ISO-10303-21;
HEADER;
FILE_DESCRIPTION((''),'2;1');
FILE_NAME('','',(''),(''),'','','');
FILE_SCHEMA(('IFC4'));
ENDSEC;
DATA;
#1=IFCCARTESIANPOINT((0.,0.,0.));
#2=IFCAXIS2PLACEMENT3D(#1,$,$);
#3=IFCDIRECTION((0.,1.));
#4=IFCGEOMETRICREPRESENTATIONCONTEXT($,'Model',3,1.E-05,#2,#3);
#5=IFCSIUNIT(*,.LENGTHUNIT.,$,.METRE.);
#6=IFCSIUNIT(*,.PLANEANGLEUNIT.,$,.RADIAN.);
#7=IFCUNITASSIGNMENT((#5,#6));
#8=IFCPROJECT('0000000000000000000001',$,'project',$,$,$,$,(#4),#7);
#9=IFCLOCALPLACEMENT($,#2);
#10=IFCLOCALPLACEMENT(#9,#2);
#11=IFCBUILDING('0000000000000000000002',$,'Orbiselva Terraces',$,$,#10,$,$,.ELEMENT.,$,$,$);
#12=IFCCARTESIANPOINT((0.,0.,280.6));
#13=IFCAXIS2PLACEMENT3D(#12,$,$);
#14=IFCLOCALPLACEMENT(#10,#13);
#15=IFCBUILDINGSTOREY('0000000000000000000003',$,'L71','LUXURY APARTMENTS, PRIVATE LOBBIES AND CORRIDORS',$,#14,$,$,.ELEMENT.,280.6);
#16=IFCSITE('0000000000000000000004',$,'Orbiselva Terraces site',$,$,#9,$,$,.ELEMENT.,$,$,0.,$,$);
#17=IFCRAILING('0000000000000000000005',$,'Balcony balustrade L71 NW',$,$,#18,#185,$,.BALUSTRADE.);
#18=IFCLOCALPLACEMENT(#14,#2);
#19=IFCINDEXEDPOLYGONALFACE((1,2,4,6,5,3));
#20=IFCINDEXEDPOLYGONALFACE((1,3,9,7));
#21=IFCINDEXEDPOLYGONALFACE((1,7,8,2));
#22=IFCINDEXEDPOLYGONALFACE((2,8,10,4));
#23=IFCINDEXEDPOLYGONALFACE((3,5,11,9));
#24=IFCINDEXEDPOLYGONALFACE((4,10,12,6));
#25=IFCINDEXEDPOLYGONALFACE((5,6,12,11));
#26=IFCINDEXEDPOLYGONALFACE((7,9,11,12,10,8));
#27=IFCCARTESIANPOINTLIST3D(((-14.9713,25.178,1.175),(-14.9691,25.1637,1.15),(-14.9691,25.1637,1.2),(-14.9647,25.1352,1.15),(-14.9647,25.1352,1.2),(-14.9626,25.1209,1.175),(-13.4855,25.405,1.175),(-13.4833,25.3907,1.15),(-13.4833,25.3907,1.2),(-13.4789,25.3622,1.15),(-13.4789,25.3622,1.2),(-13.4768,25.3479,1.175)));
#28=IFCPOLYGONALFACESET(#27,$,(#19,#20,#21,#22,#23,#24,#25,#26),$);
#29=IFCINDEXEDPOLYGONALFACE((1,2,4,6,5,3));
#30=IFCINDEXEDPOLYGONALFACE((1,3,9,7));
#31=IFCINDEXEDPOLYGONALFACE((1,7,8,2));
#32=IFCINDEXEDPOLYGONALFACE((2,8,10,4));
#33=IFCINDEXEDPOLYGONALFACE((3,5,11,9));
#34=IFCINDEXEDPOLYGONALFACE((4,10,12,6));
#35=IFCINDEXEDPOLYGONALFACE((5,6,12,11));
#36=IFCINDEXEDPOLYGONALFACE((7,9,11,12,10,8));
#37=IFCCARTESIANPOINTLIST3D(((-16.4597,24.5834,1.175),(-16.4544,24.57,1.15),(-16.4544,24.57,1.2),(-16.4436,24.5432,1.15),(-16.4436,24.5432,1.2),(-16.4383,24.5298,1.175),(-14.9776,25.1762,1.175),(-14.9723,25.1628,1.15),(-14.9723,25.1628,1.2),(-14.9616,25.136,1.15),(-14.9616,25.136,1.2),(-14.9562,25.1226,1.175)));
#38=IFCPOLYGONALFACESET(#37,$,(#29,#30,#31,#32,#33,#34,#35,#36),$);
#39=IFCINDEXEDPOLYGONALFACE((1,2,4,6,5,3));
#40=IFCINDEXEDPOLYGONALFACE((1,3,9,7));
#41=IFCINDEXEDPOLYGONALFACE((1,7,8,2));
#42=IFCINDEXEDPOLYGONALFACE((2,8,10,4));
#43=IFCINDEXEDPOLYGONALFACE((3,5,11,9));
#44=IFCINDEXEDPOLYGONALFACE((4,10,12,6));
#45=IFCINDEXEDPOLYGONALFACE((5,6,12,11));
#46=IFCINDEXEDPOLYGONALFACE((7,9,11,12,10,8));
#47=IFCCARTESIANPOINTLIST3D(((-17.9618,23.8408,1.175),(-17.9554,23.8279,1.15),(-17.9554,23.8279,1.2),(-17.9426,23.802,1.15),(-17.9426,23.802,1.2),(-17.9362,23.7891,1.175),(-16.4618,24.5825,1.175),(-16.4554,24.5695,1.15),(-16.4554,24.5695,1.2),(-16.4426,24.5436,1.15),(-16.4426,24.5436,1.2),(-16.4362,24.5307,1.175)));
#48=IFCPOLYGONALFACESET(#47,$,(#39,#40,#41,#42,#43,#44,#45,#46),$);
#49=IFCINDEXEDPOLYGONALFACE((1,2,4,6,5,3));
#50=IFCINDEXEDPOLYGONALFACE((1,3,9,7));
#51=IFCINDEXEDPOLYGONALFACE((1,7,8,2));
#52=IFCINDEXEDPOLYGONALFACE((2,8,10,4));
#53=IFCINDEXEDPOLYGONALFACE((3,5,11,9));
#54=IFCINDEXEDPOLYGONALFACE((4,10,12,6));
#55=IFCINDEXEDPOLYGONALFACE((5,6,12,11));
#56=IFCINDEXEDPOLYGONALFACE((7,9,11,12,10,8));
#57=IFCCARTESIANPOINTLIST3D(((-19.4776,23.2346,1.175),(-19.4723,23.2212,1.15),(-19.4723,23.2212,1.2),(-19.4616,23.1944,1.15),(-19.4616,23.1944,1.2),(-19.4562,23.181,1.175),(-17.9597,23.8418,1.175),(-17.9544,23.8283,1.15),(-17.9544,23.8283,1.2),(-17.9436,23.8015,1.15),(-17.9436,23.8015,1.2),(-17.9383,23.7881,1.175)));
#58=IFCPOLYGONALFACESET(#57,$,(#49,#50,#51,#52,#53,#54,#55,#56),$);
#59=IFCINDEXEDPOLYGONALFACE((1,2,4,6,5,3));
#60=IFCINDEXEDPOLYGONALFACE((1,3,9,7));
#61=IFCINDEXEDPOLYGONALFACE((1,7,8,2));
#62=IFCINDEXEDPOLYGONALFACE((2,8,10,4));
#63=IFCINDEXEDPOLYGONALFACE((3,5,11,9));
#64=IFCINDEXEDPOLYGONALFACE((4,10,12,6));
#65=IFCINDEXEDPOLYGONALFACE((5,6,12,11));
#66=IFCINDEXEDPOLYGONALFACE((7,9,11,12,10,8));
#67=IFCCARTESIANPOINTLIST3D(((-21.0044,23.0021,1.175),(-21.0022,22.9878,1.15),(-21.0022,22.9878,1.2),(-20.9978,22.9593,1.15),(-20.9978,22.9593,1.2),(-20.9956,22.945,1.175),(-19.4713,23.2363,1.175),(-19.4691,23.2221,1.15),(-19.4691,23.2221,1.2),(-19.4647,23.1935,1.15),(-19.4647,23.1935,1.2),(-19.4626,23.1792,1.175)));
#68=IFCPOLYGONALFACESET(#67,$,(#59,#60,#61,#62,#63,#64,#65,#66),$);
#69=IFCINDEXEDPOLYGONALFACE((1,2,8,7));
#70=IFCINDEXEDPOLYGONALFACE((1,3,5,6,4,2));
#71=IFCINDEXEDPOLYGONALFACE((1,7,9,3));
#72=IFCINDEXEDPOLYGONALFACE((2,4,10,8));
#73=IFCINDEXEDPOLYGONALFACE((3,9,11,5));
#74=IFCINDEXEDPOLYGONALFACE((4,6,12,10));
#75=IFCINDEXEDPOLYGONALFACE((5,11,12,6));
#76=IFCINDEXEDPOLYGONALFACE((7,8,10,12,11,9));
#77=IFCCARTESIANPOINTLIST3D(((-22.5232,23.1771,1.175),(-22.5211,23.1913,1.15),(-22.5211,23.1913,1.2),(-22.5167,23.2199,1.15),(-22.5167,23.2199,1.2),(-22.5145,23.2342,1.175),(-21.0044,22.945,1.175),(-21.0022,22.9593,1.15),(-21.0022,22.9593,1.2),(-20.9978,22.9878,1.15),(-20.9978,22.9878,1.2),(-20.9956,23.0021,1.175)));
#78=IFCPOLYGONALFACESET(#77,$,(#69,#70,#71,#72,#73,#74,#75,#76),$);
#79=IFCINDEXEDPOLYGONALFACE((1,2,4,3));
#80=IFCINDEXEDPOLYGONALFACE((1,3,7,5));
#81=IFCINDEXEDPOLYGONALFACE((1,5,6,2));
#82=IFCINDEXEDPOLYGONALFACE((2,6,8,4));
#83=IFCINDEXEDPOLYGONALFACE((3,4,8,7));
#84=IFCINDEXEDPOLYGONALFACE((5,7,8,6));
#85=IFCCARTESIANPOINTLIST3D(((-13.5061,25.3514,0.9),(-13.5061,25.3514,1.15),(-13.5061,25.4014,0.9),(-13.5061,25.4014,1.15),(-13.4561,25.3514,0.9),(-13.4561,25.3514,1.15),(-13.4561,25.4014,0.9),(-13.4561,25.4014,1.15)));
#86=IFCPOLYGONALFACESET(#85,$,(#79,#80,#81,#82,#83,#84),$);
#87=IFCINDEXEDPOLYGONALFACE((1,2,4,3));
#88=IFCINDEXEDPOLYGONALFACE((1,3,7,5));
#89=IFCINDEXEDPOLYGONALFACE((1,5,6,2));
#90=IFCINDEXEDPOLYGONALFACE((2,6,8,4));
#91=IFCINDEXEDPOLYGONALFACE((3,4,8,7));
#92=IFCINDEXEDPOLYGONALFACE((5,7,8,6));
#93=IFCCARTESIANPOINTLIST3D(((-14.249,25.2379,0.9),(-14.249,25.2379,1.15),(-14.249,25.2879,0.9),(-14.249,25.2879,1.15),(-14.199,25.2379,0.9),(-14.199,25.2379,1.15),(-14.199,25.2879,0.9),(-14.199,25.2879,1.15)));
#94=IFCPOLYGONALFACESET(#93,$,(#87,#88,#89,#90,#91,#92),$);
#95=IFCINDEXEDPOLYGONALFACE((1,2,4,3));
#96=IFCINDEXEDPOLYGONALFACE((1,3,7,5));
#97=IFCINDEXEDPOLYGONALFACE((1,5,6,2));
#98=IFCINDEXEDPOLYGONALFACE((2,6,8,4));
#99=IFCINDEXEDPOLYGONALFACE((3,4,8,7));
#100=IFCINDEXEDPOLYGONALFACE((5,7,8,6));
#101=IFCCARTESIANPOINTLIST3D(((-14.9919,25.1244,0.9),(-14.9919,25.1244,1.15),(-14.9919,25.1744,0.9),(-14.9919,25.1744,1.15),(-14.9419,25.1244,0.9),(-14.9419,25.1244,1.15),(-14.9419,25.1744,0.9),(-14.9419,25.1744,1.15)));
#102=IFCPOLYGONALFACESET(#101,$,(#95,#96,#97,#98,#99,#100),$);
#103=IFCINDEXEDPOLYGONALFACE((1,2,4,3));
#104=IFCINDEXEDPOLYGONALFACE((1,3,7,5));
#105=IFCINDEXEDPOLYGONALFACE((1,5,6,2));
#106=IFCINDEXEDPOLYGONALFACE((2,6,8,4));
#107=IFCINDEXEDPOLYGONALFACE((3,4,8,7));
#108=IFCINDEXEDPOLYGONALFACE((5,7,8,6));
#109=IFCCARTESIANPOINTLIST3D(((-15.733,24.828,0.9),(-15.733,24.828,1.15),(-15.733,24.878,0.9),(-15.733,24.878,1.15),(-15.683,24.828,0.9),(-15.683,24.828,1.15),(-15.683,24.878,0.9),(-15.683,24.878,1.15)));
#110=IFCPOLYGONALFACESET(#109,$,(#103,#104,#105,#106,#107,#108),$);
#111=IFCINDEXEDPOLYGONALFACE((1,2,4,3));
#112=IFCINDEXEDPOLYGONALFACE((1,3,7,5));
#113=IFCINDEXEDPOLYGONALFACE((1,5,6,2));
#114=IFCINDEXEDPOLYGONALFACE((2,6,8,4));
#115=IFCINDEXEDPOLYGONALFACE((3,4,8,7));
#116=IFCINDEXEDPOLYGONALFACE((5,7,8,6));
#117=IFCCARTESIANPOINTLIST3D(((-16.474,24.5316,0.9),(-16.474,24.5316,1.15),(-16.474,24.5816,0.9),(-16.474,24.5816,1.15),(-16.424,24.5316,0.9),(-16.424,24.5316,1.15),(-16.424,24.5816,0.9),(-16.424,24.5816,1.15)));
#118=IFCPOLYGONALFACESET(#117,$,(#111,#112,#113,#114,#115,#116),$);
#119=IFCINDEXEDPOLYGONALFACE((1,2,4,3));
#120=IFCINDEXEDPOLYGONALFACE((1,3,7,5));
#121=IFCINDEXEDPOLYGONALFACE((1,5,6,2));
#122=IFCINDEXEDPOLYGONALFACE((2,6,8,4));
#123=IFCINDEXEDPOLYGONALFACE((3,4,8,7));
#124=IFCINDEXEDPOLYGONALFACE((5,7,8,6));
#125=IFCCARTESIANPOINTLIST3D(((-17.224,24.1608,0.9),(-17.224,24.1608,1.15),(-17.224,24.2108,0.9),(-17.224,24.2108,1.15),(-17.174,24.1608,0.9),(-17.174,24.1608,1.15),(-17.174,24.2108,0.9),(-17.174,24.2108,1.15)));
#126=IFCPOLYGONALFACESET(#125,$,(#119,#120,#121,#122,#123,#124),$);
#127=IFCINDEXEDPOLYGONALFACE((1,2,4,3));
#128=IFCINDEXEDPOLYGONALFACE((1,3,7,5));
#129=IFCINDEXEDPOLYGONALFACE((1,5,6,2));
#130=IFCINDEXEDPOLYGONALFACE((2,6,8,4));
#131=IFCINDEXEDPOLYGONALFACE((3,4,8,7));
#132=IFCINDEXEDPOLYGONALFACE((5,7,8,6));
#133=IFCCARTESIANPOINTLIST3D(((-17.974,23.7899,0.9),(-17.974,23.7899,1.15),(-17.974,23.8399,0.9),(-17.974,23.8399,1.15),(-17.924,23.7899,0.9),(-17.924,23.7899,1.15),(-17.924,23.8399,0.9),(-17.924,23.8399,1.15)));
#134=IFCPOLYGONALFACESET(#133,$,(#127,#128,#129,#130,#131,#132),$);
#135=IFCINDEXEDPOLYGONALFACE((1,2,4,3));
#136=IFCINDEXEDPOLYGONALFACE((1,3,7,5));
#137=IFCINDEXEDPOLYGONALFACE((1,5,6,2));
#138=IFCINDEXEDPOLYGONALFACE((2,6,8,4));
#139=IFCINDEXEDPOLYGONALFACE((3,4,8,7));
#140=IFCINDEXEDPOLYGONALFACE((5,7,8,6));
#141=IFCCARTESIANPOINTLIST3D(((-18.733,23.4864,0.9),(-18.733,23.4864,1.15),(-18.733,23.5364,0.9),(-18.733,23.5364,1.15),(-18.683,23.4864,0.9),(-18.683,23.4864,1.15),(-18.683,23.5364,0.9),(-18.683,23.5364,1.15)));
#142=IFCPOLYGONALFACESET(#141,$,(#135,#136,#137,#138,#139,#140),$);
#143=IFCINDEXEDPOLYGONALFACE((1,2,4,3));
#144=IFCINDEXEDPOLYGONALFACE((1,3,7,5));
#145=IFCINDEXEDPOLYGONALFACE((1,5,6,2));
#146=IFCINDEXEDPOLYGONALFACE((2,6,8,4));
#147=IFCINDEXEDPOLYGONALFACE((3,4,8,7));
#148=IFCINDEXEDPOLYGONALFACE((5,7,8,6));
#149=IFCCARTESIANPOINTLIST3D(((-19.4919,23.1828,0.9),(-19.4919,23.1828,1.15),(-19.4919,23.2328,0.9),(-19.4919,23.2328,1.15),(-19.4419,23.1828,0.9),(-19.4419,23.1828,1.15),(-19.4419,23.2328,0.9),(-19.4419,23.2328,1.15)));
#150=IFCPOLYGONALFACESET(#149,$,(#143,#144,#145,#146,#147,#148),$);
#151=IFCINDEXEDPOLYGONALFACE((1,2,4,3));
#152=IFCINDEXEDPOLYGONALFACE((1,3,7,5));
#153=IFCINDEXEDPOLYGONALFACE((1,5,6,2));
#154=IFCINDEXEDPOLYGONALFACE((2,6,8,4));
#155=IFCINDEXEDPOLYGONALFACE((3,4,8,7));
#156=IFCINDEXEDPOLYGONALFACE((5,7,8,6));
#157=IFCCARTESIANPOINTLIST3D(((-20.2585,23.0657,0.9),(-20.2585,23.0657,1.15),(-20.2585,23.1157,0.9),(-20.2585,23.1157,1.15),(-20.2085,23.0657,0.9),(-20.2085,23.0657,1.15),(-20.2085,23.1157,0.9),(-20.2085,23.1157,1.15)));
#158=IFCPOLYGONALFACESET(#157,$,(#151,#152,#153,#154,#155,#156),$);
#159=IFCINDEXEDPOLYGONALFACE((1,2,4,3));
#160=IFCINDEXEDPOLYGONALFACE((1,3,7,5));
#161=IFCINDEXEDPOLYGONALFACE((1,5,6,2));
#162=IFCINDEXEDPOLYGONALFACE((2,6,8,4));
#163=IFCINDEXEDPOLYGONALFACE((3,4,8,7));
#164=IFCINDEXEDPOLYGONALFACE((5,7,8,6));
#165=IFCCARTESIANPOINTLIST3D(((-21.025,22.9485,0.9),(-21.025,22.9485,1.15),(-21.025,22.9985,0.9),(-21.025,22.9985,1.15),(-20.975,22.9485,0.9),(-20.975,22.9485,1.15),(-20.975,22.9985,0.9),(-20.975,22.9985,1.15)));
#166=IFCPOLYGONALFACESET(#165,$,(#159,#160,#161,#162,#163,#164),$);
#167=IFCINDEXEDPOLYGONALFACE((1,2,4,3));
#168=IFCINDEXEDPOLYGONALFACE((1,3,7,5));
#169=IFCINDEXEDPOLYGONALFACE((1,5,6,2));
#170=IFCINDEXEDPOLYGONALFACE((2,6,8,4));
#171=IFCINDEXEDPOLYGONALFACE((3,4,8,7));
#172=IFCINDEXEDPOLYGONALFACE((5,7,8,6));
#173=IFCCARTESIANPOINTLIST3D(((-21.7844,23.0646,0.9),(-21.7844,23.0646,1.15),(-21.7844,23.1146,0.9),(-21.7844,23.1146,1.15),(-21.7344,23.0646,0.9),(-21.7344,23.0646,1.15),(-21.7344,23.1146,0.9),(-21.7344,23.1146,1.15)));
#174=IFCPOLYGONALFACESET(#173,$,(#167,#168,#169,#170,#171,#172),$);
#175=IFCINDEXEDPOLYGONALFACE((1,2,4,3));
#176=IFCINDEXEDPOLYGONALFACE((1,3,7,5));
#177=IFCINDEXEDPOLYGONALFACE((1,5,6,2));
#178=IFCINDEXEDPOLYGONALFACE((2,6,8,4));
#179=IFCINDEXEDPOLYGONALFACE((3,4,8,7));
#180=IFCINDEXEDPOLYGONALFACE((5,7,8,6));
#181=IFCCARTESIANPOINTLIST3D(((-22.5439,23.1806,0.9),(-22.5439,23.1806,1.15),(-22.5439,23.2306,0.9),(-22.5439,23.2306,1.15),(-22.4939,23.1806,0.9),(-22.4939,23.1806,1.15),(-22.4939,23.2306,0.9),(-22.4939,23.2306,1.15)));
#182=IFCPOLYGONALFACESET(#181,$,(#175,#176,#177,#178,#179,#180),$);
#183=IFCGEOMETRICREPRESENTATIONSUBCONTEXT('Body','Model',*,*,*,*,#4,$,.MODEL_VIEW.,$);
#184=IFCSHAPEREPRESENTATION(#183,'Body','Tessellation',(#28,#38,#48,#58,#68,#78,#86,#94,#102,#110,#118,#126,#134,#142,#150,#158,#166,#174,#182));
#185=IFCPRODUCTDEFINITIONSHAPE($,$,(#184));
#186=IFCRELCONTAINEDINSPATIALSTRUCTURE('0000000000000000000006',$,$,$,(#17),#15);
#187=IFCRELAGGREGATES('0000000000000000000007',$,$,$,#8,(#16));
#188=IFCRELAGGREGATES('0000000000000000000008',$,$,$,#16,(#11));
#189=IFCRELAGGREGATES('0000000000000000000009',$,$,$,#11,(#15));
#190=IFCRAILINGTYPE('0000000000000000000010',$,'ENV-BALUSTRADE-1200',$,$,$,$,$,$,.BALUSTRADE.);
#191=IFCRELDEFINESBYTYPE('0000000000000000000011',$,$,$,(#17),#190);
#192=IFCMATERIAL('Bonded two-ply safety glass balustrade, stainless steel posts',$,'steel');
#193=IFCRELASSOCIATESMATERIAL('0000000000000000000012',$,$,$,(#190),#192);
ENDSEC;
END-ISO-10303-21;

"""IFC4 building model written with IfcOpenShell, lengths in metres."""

from ifc_helpers import new_model, si_unit, direction, frame, origin, origin_2d, place, context, subcontext, project, spatial, polyline, rectangle, outline, extrude, material, type_object, element, save


model = new_model("IFC4")

# Units and contexts
model_context = context("Model", 3, precision=1e-05, world=origin(), true_north=direction((0.0, 1.0)))
body_context = subcontext(model_context, "Body", "Model", "MODEL_VIEW")
ifc_project = project(units=[si_unit("LENGTHUNIT", "METRE"), si_unit("PLANEANGLEUNIT", "RADIAN")], contexts=[model_context])

# Site, building, storey
site_placement = place(None, origin())
site = spatial("IfcSite", under=ifc_project, at=site_placement, Name="Orbiselva Terraces site", CompositionType="ELEMENT", RefElevation=0.0)
building_placement = place(site_placement, origin())
building = spatial("IfcBuilding", under=site, at=building_placement, Name="Orbiselva Terraces", CompositionType="ELEMENT")
storey_placement = place(building_placement, frame((0.0, 0.0, 280.6)))
storey = spatial("IfcBuildingStorey", under=building, at=storey_placement, Name="L71", Description="LUXURY APARTMENTS, PRIVATE LOBBIES AND CORRIDORS", CompositionType="ELEMENT", Elevation=280.6)

# Railing
ifc_material_1 = material(Name="Bonded two-ply safety glass balustrade, stainless steel posts", Category="steel")
railing_type_1 = type_object("IfcRailingType", Name="ENV-BALUSTRADE-1200", PredefinedType="BALUSTRADE", material=ifc_material_1)
railing_1_placement = place(storey_placement, frame((-13.4811, 25.3764, 0.9)))
element("IfcRailing", 1, at=railing_1_placement, inside=storey, type_object=railing_type_1, Name="Balcony balustrade L71 NW", PredefinedType="BALUSTRADE", context=body_context, shape_type="SweptSolid", body=[
    extrude(outline(polyline([(0.0289, 0.0), (0.0144, 0.025), (-0.0144, 0.025), (-0.0289, 0.0), (-0.0144, -0.025), (0.0144, -0.025), (0.0289, 0.0)])), frame((0.0, 0.0, 0.275), z_axis=(-0.988529, -0.151034, 0.0), x_axis=(0.151034, -0.988529, 0.0)), (0.0, 0.0, 1.0), 1.503),
    extrude(outline(polyline([(0.0289, 0.0), (0.0144, 0.025), (-0.0144, 0.025), (-0.0289, 0.0), (-0.0144, -0.025), (0.0144, -0.025), (0.0289, 0.0)])), frame((-1.4858, -0.227, 0.275), z_axis=(-0.928477, -0.371391, 0.0), x_axis=(0.371391, -0.928477, 0.0)), (0.0, 0.0, 1.0), 1.5963),
    extrude(outline(polyline([(0.0289, 0.0), (0.0144, 0.025), (-0.0144, 0.025), (-0.0289, 0.0), (-0.0144, -0.025), (0.0144, -0.025), (0.0289, 0.0)])), frame((-2.9679, -0.8198, 0.275), z_axis=(-0.896417, -0.443212, 0.0), x_axis=(0.443212, -0.896417, 0.0)), (0.0, 0.0, 1.0), 1.6733),
    extrude(outline(polyline([(0.0289, 0.0), (0.0144, 0.025), (-0.0144, 0.025), (-0.0289, 0.0), (-0.0144, -0.025), (0.0144, -0.025), (0.0289, 0.0)])), frame((-4.4679, -1.5615, 0.275), z_axis=(-0.928477, -0.37139, 0.0), x_axis=(0.37139, -0.928477, 0.0)), (0.0, 0.0, 1.0), 1.6348),
    extrude(outline(polyline([(0.0289, 0.0), (0.0144, 0.025), (-0.0144, 0.025), (-0.0289, 0.0), (-0.0144, -0.025), (0.0144, -0.025), (0.0289, 0.0)])), frame((-5.9858, -2.1686, 0.275), z_axis=(-0.988529, -0.151034, 0.0), x_axis=(0.151034, -0.988529, 0.0)), (0.0, 0.0, 1.0), 1.5509),
    extrude(outline(polyline([(0.0289, 0.0), (0.0144, 0.025), (-0.0144, 0.025), (-0.0289, 0.0), (-0.0144, -0.025), (0.0144, -0.025), (0.0289, 0.0)])), frame((-7.5189, -2.4029, 0.275), z_axis=(-0.988529, 0.151034, 0.0), x_axis=(-0.151034, -0.988529, 0.0)), (0.0, 0.0, 1.0), 1.5365),
    extrude(rectangle(XDim=0.05, YDim=0.05, at=origin_2d()), origin(), (0.0, 0.0, 1.0), 0.25),
    extrude(rectangle(XDim=0.05, YDim=0.05, at=origin_2d()), frame((-0.7429, -0.1135, 0.0)), (0.0, 0.0, 1.0), 0.25),
    extrude(rectangle(XDim=0.05, YDim=0.05, at=origin_2d()), frame((-1.4858, -0.227, 0.0)), (0.0, 0.0, 1.0), 0.25),
    extrude(rectangle(XDim=0.05, YDim=0.05, at=origin_2d()), frame((-2.2268, -0.5234, 0.0)), (0.0, 0.0, 1.0), 0.25),
    extrude(rectangle(XDim=0.05, YDim=0.05, at=origin_2d()), frame((-2.9679, -0.8198, 0.0)), (0.0, 0.0, 1.0), 0.25),
    extrude(rectangle(XDim=0.05, YDim=0.05, at=origin_2d()), frame((-3.7179, -1.1907, 0.0)), (0.0, 0.0, 1.0), 0.25),
    extrude(rectangle(XDim=0.05, YDim=0.05, at=origin_2d()), frame((-4.4679, -1.5615, 0.0)), (0.0, 0.0, 1.0), 0.25),
    extrude(rectangle(XDim=0.05, YDim=0.05, at=origin_2d()), frame((-5.2268, -1.8651, 0.0)), (0.0, 0.0, 1.0), 0.25),
    extrude(rectangle(XDim=0.05, YDim=0.05, at=origin_2d()), frame((-5.9858, -2.1686, 0.0)), (0.0, 0.0, 1.0), 0.25),
    extrude(rectangle(XDim=0.05, YDim=0.05, at=origin_2d()), frame((-6.7523, -2.2858, 0.0)), (0.0, 0.0, 1.0), 0.25),
    extrude(rectangle(XDim=0.05, YDim=0.05, at=origin_2d()), frame((-7.5189, -2.4029, 0.0)), (0.0, 0.0, 1.0), 0.25),
    extrude(rectangle(XDim=0.05, YDim=0.05, at=origin_2d()), frame((-8.2783, -2.2869, 0.0)), (0.0, 0.0, 1.0), 0.25),
    extrude(rectangle(XDim=0.05, YDim=0.05, at=origin_2d()), frame((-9.0378, -2.1708, 0.0)), (0.0, 0.0, 1.0), 0.25),
])

save(model, "model.ifc")
